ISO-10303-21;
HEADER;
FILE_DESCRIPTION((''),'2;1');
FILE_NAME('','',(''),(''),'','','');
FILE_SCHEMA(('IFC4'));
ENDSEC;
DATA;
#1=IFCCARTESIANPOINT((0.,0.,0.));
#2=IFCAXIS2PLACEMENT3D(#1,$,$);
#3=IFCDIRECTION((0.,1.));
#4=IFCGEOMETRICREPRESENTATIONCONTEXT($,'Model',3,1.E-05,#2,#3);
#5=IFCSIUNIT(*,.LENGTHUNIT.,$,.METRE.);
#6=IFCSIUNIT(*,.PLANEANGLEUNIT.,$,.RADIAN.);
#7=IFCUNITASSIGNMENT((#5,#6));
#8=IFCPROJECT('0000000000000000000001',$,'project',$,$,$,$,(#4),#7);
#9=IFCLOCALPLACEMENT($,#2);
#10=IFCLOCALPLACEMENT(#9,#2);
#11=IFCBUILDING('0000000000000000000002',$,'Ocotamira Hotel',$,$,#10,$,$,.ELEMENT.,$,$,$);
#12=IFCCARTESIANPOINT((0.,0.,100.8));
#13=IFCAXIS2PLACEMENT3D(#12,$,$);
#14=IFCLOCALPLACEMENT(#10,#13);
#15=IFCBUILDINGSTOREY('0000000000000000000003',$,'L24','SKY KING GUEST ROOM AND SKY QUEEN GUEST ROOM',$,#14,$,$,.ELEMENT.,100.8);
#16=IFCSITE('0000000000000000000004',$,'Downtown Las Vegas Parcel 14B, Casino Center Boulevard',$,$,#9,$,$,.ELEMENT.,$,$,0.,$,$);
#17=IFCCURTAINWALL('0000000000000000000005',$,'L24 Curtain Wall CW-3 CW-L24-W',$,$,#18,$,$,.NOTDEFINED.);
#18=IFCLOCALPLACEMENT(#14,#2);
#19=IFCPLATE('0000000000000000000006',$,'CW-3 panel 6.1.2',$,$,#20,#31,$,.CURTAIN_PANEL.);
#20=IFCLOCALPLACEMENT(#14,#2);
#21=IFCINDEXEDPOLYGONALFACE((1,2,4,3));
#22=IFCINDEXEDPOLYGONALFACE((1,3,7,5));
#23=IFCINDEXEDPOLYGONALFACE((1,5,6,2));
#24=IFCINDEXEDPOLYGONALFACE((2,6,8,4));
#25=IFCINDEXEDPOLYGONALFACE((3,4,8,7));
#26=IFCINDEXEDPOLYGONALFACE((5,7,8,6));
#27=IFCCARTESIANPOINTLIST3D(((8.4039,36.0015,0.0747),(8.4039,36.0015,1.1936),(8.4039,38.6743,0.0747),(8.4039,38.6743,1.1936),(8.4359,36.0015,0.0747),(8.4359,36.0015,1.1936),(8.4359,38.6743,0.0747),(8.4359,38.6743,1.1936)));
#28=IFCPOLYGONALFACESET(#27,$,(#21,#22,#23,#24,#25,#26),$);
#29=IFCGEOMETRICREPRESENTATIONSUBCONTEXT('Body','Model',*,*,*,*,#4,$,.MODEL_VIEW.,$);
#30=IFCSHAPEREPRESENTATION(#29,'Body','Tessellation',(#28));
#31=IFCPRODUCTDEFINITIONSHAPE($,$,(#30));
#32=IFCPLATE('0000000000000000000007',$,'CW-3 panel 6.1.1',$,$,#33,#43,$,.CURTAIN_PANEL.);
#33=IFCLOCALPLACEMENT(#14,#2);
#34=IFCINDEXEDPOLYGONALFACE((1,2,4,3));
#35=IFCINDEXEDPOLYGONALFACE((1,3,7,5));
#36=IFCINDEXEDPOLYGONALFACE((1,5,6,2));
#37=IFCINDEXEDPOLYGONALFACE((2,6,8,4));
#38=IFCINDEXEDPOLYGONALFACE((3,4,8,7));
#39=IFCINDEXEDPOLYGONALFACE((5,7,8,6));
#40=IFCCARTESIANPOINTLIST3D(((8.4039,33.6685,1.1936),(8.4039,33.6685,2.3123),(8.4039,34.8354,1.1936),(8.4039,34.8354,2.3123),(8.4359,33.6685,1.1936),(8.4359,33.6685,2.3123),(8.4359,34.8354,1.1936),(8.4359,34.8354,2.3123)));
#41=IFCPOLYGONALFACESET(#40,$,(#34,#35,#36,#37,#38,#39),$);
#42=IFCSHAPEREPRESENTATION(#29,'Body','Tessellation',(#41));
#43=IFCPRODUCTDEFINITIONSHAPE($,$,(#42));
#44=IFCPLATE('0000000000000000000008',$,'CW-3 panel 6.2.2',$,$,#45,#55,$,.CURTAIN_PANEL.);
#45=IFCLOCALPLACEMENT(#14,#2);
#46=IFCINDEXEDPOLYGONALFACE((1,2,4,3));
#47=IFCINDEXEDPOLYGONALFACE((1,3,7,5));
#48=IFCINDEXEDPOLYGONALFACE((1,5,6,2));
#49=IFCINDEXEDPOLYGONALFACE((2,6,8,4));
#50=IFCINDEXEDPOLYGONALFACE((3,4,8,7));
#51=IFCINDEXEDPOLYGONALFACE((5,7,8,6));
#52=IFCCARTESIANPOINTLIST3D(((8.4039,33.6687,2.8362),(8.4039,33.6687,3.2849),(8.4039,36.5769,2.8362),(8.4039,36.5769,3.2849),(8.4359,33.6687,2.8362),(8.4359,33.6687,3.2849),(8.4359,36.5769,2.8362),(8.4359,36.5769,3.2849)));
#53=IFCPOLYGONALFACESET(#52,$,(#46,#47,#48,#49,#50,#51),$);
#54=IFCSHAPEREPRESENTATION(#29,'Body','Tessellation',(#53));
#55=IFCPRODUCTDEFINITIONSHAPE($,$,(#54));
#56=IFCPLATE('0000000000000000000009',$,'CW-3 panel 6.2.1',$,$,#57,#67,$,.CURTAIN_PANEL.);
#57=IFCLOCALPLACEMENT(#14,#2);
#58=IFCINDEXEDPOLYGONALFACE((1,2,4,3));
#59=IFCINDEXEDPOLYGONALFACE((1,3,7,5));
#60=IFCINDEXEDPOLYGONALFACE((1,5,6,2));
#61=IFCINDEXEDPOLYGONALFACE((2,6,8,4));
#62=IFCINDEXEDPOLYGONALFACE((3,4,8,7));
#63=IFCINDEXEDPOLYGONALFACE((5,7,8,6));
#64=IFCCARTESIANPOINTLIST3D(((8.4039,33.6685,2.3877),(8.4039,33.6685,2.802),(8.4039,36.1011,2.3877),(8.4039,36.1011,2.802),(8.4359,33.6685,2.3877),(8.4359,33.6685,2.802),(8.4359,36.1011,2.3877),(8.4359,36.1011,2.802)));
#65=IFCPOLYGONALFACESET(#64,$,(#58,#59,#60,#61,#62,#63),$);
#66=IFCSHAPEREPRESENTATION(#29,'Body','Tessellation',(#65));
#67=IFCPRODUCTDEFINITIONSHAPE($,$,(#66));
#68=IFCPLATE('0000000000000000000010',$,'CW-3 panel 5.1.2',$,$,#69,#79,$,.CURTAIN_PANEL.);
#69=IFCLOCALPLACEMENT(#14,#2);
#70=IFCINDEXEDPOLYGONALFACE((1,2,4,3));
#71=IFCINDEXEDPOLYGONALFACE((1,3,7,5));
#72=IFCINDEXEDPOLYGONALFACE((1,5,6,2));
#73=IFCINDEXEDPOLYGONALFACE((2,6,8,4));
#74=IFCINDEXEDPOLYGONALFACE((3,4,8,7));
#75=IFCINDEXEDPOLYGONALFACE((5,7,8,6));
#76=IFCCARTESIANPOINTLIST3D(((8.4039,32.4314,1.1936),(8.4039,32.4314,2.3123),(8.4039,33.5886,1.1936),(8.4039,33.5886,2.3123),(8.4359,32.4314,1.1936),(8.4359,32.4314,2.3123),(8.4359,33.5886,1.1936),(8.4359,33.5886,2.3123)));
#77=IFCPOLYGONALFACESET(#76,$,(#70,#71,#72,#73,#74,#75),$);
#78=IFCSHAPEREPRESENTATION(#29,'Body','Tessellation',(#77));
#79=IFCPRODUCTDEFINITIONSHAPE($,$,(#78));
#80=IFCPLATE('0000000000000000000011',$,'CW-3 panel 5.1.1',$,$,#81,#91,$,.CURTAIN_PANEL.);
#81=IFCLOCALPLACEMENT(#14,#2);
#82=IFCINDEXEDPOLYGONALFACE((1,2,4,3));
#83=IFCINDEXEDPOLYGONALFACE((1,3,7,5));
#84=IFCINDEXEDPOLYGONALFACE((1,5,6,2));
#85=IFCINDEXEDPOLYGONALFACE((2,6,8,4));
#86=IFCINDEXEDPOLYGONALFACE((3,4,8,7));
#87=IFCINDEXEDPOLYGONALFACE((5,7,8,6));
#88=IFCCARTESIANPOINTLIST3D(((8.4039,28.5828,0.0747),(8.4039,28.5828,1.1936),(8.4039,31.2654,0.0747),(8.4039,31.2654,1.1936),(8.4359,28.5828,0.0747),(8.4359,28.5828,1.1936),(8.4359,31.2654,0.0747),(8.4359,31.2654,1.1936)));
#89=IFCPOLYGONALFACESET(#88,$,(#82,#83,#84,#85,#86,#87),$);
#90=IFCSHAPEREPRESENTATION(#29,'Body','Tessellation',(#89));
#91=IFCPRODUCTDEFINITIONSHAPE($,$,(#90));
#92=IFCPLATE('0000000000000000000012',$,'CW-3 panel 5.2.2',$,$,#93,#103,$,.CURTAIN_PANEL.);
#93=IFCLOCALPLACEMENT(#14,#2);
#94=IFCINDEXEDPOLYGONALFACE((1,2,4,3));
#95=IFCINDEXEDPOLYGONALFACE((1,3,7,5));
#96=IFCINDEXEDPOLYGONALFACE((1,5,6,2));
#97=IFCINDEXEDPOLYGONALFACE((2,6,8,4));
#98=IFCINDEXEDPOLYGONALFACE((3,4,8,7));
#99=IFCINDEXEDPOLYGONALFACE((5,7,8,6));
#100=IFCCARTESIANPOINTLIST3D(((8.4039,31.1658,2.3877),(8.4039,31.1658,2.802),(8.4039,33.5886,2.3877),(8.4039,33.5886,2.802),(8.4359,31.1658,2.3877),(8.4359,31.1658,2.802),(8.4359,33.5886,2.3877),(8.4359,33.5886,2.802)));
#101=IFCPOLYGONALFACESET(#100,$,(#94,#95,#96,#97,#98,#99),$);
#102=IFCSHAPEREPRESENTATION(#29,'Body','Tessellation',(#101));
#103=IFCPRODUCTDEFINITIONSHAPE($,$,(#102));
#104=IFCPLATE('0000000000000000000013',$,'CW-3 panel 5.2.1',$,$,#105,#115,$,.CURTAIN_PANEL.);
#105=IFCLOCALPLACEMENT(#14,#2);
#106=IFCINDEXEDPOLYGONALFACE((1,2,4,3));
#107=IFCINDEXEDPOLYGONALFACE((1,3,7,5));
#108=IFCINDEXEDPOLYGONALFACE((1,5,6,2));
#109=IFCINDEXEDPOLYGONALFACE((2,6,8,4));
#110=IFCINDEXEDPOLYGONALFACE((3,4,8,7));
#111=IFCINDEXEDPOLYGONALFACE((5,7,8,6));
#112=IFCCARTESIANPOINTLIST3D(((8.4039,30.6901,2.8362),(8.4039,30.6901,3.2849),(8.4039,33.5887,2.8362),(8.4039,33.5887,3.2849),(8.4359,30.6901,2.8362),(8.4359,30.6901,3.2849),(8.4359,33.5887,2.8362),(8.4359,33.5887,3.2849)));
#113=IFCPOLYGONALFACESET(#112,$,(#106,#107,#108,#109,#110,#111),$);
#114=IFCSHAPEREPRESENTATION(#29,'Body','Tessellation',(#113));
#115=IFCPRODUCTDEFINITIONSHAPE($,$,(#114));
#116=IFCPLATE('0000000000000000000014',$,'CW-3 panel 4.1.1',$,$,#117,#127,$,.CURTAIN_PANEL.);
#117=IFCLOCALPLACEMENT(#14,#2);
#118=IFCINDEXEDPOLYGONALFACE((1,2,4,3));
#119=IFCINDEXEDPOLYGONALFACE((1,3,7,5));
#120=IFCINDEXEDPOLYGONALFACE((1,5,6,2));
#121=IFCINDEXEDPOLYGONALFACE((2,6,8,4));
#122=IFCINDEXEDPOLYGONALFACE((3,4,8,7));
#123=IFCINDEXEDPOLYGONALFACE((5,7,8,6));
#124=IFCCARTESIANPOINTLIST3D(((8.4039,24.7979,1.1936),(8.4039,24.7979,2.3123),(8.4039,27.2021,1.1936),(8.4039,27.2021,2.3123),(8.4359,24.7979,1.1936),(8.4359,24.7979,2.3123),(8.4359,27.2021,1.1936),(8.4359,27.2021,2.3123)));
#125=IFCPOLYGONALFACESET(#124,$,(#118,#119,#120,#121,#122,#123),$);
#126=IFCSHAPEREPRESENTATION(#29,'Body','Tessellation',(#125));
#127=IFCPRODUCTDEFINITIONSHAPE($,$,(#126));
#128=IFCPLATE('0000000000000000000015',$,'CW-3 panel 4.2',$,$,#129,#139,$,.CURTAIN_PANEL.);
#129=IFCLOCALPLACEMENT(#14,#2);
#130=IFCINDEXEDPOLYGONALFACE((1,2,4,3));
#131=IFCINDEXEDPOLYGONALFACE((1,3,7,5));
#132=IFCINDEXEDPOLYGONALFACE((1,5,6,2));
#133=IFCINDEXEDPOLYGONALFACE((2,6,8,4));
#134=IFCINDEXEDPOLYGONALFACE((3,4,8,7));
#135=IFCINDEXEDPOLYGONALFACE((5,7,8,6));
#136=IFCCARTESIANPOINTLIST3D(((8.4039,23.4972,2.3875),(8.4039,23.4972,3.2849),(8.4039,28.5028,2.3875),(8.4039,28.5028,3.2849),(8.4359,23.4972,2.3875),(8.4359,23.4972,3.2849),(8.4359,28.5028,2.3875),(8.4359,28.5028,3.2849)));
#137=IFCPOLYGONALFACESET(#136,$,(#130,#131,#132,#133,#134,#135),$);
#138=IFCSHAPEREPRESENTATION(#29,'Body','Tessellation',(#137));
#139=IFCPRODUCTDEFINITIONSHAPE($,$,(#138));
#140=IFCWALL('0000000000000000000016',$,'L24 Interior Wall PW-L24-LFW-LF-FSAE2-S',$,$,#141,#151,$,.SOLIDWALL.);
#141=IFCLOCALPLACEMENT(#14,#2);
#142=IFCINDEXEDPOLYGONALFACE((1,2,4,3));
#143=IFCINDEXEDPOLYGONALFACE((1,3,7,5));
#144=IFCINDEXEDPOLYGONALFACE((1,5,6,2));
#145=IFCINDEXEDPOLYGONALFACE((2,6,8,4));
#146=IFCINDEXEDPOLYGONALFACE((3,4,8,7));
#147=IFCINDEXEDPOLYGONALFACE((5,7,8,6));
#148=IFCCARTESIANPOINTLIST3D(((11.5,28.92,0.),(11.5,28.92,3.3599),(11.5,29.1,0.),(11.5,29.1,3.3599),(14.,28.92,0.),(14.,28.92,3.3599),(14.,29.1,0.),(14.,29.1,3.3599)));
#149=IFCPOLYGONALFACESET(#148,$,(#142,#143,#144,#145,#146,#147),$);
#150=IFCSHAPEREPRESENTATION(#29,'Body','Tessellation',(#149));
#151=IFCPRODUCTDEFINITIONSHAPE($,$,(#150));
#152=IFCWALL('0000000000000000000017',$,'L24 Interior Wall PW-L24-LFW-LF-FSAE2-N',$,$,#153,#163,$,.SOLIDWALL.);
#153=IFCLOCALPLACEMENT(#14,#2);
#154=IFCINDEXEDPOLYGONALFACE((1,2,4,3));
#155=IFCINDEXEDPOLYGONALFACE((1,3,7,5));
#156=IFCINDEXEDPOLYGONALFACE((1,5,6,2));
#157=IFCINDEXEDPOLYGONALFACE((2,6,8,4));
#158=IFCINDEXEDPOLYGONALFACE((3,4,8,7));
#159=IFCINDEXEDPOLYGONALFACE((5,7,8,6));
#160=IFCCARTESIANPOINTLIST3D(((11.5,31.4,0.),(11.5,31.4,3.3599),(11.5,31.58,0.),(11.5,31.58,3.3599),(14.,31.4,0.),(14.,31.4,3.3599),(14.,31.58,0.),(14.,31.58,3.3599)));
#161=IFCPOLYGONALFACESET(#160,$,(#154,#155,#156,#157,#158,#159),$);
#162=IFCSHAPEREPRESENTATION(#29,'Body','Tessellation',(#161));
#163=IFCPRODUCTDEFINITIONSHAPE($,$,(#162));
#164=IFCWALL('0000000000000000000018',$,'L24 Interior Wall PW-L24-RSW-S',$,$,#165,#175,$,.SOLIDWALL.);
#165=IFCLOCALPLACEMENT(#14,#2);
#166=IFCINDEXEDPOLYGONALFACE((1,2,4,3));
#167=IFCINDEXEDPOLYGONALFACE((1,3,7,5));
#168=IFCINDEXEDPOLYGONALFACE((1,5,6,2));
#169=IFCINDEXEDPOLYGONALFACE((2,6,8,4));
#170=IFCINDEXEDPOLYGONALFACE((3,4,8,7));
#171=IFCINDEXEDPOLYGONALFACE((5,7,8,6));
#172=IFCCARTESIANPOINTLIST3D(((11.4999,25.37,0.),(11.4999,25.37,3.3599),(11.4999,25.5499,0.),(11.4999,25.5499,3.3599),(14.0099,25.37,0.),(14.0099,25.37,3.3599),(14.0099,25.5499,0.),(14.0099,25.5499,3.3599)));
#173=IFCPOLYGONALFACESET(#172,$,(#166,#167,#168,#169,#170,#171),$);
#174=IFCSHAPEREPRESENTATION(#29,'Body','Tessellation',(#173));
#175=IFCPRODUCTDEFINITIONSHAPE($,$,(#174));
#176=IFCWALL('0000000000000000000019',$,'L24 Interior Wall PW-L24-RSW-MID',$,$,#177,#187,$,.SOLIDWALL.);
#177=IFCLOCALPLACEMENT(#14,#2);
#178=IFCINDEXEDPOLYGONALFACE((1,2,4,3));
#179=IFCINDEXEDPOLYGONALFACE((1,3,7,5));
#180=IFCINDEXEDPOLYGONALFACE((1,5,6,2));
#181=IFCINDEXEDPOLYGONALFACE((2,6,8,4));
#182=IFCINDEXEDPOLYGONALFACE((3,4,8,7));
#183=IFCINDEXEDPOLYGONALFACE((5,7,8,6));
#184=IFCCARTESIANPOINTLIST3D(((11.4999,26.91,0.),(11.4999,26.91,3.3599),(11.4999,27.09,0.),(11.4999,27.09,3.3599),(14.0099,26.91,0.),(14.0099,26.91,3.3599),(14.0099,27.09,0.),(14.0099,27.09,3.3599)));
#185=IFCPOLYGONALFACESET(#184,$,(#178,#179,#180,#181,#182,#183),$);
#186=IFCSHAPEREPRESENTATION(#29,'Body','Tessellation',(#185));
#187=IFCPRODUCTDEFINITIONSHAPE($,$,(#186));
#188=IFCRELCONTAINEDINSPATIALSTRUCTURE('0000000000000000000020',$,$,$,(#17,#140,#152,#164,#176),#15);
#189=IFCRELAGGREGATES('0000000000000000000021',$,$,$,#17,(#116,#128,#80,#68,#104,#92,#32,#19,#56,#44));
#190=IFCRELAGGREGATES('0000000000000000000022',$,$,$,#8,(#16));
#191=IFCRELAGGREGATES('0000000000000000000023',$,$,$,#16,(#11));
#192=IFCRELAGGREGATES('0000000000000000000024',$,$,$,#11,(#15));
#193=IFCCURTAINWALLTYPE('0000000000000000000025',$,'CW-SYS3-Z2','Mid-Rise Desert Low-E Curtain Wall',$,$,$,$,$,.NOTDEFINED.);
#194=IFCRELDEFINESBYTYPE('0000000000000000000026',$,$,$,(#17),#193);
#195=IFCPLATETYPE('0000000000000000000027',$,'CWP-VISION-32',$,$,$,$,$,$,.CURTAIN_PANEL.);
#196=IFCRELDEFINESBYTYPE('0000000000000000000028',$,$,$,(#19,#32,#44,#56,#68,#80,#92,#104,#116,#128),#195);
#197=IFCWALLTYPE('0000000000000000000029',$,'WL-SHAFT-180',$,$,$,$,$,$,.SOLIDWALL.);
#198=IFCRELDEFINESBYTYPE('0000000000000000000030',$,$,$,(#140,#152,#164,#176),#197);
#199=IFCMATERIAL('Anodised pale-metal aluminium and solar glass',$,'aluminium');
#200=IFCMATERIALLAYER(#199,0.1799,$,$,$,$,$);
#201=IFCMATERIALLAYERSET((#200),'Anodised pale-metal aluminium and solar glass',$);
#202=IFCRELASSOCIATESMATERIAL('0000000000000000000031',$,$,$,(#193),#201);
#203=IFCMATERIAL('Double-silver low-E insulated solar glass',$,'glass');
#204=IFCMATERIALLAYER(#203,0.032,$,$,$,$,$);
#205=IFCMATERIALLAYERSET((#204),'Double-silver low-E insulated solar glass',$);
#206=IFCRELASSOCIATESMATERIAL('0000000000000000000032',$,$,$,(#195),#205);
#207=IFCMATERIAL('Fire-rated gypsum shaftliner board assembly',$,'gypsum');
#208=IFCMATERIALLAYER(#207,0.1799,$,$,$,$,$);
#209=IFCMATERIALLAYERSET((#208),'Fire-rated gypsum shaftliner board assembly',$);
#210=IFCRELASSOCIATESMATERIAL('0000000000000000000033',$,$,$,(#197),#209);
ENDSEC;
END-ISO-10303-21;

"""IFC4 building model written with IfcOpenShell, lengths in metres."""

from ifc_helpers import new_model, si_unit, direction, frame, frame_2d, origin, origin_2d, place, context, subcontext, project, spatial, rectangle, extrude, source, transform, mapped, material, layer, layer_set, type_object, element, aggregate, save


model = new_model("IFC4")

# Units and contexts
model_context = context("Model", 3, precision=1e-05, world=origin(), true_north=direction((0.0, 1.0)))
body_context = subcontext(model_context, "Body", "Model", "MODEL_VIEW")
ifc_project = project(units=[si_unit("LENGTHUNIT", "METRE"), si_unit("PLANEANGLEUNIT", "RADIAN")], contexts=[model_context])

# Site, building, storey
site_placement = place(None, origin())
site = spatial("IfcSite", under=ifc_project, at=site_placement, Name="Downtown Las Vegas Parcel 14B, Casino Center Boulevard", CompositionType="ELEMENT", RefElevation=0.0)
building_placement = place(site_placement, origin())
building = spatial("IfcBuilding", under=site, at=building_placement, Name="Ocotamira Hotel", CompositionType="ELEMENT")
storey_placement = place(building_placement, frame((0.0, 0.0, 100.8)))
storey = spatial("IfcBuildingStorey", under=building, at=storey_placement, Name="L24", Description="SKY KING GUEST ROOM AND SKY QUEEN GUEST ROOM", CompositionType="ELEMENT", Elevation=100.8)

# Curtain wall
ifc_material_1 = material(Name="Anodised pale-metal aluminium and solar glass", Category="aluminium")
ifc_layer_1 = layer(ifc_material_1, 0.1799)
ifc_layer_set_1 = layer_set([ifc_layer_1], Name="Anodised pale-metal aluminium and solar glass")
curtain_wall_type = type_object("IfcCurtainWallType", Name="CW-SYS3-Z2", Description="Mid-Rise Desert Low-E Curtain Wall", PredefinedType="NOTDEFINED", material=ifc_layer_set_1)
curtain_wall_placement = place(storey_placement, origin())
curtain_wall = element("IfcCurtainWall", 1, at=curtain_wall_placement, inside=storey, type_object=curtain_wall_type, Name="L24 Curtain Wall CW-3 CW-L24-W", PredefinedType="NOTDEFINED")

# Plates
ifc_material_2 = material(Name="Double-silver low-E insulated solar glass", Category="glass")
ifc_layer_2 = layer(ifc_material_2, 0.032)
ifc_layer_set_2 = layer_set([ifc_layer_2], Name="Double-silver low-E insulated solar glass")
plate_type_1 = type_object("IfcPlateType", Name="CWP-VISION-32", PredefinedType="CURTAIN_PANEL", material=ifc_layer_set_2)
shared_shape_1 = source(origin(), body_context, "Body", "SweptSolid", [
    extrude(rectangle(XDim=2.6729, YDim=0.032, at=origin_2d()), origin(), (0.0, 0.0, 1.0), 1.1189),
])
plate_1_placement = place(storey_placement, frame((8.4199, 37.3379, 0.0747), z_axis=(0.0, 0.0, 1.0), x_axis=(0.0, 1.0, 0.0)))
plate_1 = element("IfcPlate", 2, at=plate_1_placement, type_object=plate_type_1, Name="CW-3 panel 6.1.2", PredefinedType="CURTAIN_PANEL", context=body_context, shape_type="MappedRepresentation", body=[
    mapped(shared_shape_1, transform((0.0, 0.0, 0.0), scale=1.0)),
])
shared_shape_2 = source(origin(), body_context, "Body", "SweptSolid", [
    extrude(rectangle(XDim=1.167, YDim=0.032, at=origin_2d()), origin(), (0.0, 0.0, 1.0), 1.1187),
])
plate_2_placement = place(storey_placement, frame((8.4199, 34.252, 1.1936), z_axis=(0.0, 0.0, 1.0), x_axis=(0.0, 1.0, 0.0)))
plate_2 = element("IfcPlate", 3, at=plate_2_placement, type_object=plate_type_1, Name="CW-3 panel 6.1.1", PredefinedType="CURTAIN_PANEL", context=body_context, shape_type="MappedRepresentation", body=[
    mapped(shared_shape_2, transform((0.0, 0.0, 0.0), scale=1.0)),
])
shared_shape_3 = source(origin(), body_context, "Body", "SweptSolid", [
    extrude(rectangle(XDim=2.9082, YDim=0.032, at=origin_2d()), origin(), (0.0, 0.0, 1.0), 0.4487),
])
plate_3_placement = place(storey_placement, frame((8.4199, 35.1228, 2.8362), z_axis=(0.0, 0.0, 1.0), x_axis=(0.0, 1.0, 0.0)))
plate_3 = element("IfcPlate", 4, at=plate_3_placement, type_object=plate_type_1, Name="CW-3 panel 6.2.2", PredefinedType="CURTAIN_PANEL", context=body_context, shape_type="MappedRepresentation", body=[
    mapped(shared_shape_3, transform((0.0, 0.0, 0.0), scale=1.0)),
])
shared_shape_4 = source(origin(), body_context, "Body", "SweptSolid", [
    extrude(rectangle(XDim=2.4326, YDim=0.032, at=origin_2d()), origin(), (0.0, 0.0, 1.0), 0.4143),
])
plate_4_placement = place(storey_placement, frame((8.4199, 34.8848, 2.3877), z_axis=(0.0, 0.0, 1.0), x_axis=(0.0, 1.0, 0.0)))
plate_4 = element("IfcPlate", 5, at=plate_4_placement, type_object=plate_type_1, Name="CW-3 panel 6.2.1", PredefinedType="CURTAIN_PANEL", context=body_context, shape_type="MappedRepresentation", body=[
    mapped(shared_shape_4, transform((0.0, 0.0, 0.0), scale=1.0)),
])
shared_shape_5 = source(origin(), body_context, "Body", "SweptSolid", [
    extrude(rectangle(XDim=1.1572, YDim=0.032, at=origin_2d()), origin(), (0.0, 0.0, 1.0), 1.1187),
])
plate_5_placement = place(storey_placement, frame((8.4199, 33.01, 1.1936), z_axis=(0.0, 0.0, 1.0), x_axis=(0.0, 1.0, 0.0)))
plate_5 = element("IfcPlate", 6, at=plate_5_placement, type_object=plate_type_1, Name="CW-3 panel 5.1.2", PredefinedType="CURTAIN_PANEL", context=body_context, shape_type="MappedRepresentation", body=[
    mapped(shared_shape_5, transform((0.0, 0.0, 0.0), scale=1.0)),
])
shared_shape_6 = source(origin(), body_context, "Body", "SweptSolid", [
    extrude(rectangle(XDim=2.6826, YDim=0.032, at=origin_2d()), origin(), (0.0, 0.0, 1.0), 1.1189),
])
plate_6_placement = place(storey_placement, frame((8.4199, 29.9241, 0.0747), z_axis=(0.0, 0.0, 1.0), x_axis=(0.0, 1.0, 0.0)))
plate_6 = element("IfcPlate", 7, at=plate_6_placement, type_object=plate_type_1, Name="CW-3 panel 5.1.1", PredefinedType="CURTAIN_PANEL", context=body_context, shape_type="MappedRepresentation", body=[
    mapped(shared_shape_6, transform((0.0, 0.0, 0.0), scale=1.0)),
])
shared_shape_7 = source(origin(), body_context, "Body", "SweptSolid", [
    extrude(rectangle(XDim=2.4229, YDim=0.032, at=origin_2d()), origin(), (0.0, 0.0, 1.0), 0.4143),
])
plate_7_placement = place(storey_placement, frame((8.4199, 32.3772, 2.3877), z_axis=(0.0, 0.0, 1.0), x_axis=(0.0, 1.0, 0.0)))
plate_7 = element("IfcPlate", 8, at=plate_7_placement, type_object=plate_type_1, Name="CW-3 panel 5.2.2", PredefinedType="CURTAIN_PANEL", context=body_context, shape_type="MappedRepresentation", body=[
    mapped(shared_shape_7, transform((0.0, 0.0, 0.0), scale=1.0)),
])
shared_shape_8 = source(origin(), body_context, "Body", "SweptSolid", [
    extrude(rectangle(XDim=2.8987, YDim=0.032, at=origin_2d()), origin(), (0.0, 0.0, 1.0), 0.4487),
])
plate_8_placement = place(storey_placement, frame((8.4199, 32.1394, 2.8362), z_axis=(0.0, 0.0, 1.0), x_axis=(0.0, 1.0, 0.0)))
plate_8 = element("IfcPlate", 9, at=plate_8_placement, type_object=plate_type_1, Name="CW-3 panel 5.2.1", PredefinedType="CURTAIN_PANEL", context=body_context, shape_type="MappedRepresentation", body=[
    mapped(shared_shape_8, transform((0.0, 0.0, 0.0), scale=1.0)),
])
shared_shape_9 = source(origin(), body_context, "Body", "SweptSolid", [
    extrude(rectangle(XDim=2.4043, YDim=0.032, at=origin_2d()), origin(), (0.0, 0.0, 1.0), 1.1187),
])
plate_9_placement = place(storey_placement, frame((8.4199, 26.0, 1.1936), z_axis=(0.0, 0.0, 1.0), x_axis=(0.0, 1.0, 0.0)))
plate_9 = element("IfcPlate", 10, at=plate_9_placement, type_object=plate_type_1, Name="CW-3 panel 4.1.1", PredefinedType="CURTAIN_PANEL", context=body_context, shape_type="MappedRepresentation", body=[
    mapped(shared_shape_9, transform((0.0, 0.0, 0.0), scale=1.0)),
])
shared_shape_10 = source(origin(), body_context, "Body", "SweptSolid", [
    extrude(rectangle(XDim=5.0056, YDim=0.032, at=origin_2d()), origin(), (0.0, 0.0, 1.0), 0.8975),
])
plate_10_placement = place(storey_placement, frame((8.4199, 26.0, 2.3875), z_axis=(0.0, 0.0, 1.0), x_axis=(0.0, 1.0, 0.0)))
plate_10 = element("IfcPlate", 11, at=plate_10_placement, type_object=plate_type_1, Name="CW-3 panel 4.2", PredefinedType="CURTAIN_PANEL", context=body_context, shape_type="MappedRepresentation", body=[
    mapped(shared_shape_10, transform((0.0, 0.0, 0.0), scale=1.0)),
])
aggregate(curtain_wall, [plate_9, plate_10, plate_6, plate_5, plate_8, plate_7, plate_2, plate_1, plate_4, plate_3])

# Walls
ifc_material_3 = material(Name="Fire-rated gypsum shaftliner board assembly", Category="gypsum")
ifc_layer_3 = layer(ifc_material_3, 0.1799)
ifc_layer_set_3 = layer_set([ifc_layer_3], Name="Fire-rated gypsum shaftliner board assembly")
wall_type_1 = type_object("IfcWallType", Name="WL-SHAFT-180", PredefinedType="SOLIDWALL", material=ifc_layer_set_3)
for number, where, z_axis, x_axis, name in (
    (12, (11.5, 29.01, 0.0), (0.0, 0.0, 1.0), (1.0, 0.0, 0.0), "L24 Interior Wall PW-L24-LFW-LF-FSAE2-S"),
    (13, (11.5, 31.49, 0.0), (0.0, 0.0, 1.0), (1.0, 0.0, 0.0), "L24 Interior Wall PW-L24-LFW-LF-FSAE2-N"),
):
    element("IfcWall", number, at=place(storey_placement, frame(where, z_axis=z_axis, x_axis=x_axis)), inside=storey, type_object=wall_type_1, Name=name, PredefinedType="SOLIDWALL", context=body_context, shape_type="SweptSolid", body=[
        extrude(rectangle(XDim=2.5, YDim=0.1799, at=frame_2d((1.25, 0.0))), origin(), (0.0, 0.0, 1.0), 3.3599),
    ])
for number, where, z_axis, x_axis, name in (
    (14, (11.5, 25.46, 0.0), (0.0, 0.0, 1.0), (1.0, 0.0, 0.0), "L24 Interior Wall PW-L24-RSW-S"),
    (15, (11.5, 27.0, 0.0), (0.0, 0.0, 1.0), (1.0, 0.0, 0.0), "L24 Interior Wall PW-L24-RSW-MID"),
):
    element("IfcWall", number, at=place(storey_placement, frame(where, z_axis=z_axis, x_axis=x_axis)), inside=storey, type_object=wall_type_1, Name=name, PredefinedType="SOLIDWALL", context=body_context, shape_type="SweptSolid", body=[
        extrude(rectangle(XDim=2.51, YDim=0.1799, at=frame_2d((1.2549, 0.0))), origin(), (0.0, 0.0, 1.0), 3.3599),
    ])

save(model, "model.ifc")
